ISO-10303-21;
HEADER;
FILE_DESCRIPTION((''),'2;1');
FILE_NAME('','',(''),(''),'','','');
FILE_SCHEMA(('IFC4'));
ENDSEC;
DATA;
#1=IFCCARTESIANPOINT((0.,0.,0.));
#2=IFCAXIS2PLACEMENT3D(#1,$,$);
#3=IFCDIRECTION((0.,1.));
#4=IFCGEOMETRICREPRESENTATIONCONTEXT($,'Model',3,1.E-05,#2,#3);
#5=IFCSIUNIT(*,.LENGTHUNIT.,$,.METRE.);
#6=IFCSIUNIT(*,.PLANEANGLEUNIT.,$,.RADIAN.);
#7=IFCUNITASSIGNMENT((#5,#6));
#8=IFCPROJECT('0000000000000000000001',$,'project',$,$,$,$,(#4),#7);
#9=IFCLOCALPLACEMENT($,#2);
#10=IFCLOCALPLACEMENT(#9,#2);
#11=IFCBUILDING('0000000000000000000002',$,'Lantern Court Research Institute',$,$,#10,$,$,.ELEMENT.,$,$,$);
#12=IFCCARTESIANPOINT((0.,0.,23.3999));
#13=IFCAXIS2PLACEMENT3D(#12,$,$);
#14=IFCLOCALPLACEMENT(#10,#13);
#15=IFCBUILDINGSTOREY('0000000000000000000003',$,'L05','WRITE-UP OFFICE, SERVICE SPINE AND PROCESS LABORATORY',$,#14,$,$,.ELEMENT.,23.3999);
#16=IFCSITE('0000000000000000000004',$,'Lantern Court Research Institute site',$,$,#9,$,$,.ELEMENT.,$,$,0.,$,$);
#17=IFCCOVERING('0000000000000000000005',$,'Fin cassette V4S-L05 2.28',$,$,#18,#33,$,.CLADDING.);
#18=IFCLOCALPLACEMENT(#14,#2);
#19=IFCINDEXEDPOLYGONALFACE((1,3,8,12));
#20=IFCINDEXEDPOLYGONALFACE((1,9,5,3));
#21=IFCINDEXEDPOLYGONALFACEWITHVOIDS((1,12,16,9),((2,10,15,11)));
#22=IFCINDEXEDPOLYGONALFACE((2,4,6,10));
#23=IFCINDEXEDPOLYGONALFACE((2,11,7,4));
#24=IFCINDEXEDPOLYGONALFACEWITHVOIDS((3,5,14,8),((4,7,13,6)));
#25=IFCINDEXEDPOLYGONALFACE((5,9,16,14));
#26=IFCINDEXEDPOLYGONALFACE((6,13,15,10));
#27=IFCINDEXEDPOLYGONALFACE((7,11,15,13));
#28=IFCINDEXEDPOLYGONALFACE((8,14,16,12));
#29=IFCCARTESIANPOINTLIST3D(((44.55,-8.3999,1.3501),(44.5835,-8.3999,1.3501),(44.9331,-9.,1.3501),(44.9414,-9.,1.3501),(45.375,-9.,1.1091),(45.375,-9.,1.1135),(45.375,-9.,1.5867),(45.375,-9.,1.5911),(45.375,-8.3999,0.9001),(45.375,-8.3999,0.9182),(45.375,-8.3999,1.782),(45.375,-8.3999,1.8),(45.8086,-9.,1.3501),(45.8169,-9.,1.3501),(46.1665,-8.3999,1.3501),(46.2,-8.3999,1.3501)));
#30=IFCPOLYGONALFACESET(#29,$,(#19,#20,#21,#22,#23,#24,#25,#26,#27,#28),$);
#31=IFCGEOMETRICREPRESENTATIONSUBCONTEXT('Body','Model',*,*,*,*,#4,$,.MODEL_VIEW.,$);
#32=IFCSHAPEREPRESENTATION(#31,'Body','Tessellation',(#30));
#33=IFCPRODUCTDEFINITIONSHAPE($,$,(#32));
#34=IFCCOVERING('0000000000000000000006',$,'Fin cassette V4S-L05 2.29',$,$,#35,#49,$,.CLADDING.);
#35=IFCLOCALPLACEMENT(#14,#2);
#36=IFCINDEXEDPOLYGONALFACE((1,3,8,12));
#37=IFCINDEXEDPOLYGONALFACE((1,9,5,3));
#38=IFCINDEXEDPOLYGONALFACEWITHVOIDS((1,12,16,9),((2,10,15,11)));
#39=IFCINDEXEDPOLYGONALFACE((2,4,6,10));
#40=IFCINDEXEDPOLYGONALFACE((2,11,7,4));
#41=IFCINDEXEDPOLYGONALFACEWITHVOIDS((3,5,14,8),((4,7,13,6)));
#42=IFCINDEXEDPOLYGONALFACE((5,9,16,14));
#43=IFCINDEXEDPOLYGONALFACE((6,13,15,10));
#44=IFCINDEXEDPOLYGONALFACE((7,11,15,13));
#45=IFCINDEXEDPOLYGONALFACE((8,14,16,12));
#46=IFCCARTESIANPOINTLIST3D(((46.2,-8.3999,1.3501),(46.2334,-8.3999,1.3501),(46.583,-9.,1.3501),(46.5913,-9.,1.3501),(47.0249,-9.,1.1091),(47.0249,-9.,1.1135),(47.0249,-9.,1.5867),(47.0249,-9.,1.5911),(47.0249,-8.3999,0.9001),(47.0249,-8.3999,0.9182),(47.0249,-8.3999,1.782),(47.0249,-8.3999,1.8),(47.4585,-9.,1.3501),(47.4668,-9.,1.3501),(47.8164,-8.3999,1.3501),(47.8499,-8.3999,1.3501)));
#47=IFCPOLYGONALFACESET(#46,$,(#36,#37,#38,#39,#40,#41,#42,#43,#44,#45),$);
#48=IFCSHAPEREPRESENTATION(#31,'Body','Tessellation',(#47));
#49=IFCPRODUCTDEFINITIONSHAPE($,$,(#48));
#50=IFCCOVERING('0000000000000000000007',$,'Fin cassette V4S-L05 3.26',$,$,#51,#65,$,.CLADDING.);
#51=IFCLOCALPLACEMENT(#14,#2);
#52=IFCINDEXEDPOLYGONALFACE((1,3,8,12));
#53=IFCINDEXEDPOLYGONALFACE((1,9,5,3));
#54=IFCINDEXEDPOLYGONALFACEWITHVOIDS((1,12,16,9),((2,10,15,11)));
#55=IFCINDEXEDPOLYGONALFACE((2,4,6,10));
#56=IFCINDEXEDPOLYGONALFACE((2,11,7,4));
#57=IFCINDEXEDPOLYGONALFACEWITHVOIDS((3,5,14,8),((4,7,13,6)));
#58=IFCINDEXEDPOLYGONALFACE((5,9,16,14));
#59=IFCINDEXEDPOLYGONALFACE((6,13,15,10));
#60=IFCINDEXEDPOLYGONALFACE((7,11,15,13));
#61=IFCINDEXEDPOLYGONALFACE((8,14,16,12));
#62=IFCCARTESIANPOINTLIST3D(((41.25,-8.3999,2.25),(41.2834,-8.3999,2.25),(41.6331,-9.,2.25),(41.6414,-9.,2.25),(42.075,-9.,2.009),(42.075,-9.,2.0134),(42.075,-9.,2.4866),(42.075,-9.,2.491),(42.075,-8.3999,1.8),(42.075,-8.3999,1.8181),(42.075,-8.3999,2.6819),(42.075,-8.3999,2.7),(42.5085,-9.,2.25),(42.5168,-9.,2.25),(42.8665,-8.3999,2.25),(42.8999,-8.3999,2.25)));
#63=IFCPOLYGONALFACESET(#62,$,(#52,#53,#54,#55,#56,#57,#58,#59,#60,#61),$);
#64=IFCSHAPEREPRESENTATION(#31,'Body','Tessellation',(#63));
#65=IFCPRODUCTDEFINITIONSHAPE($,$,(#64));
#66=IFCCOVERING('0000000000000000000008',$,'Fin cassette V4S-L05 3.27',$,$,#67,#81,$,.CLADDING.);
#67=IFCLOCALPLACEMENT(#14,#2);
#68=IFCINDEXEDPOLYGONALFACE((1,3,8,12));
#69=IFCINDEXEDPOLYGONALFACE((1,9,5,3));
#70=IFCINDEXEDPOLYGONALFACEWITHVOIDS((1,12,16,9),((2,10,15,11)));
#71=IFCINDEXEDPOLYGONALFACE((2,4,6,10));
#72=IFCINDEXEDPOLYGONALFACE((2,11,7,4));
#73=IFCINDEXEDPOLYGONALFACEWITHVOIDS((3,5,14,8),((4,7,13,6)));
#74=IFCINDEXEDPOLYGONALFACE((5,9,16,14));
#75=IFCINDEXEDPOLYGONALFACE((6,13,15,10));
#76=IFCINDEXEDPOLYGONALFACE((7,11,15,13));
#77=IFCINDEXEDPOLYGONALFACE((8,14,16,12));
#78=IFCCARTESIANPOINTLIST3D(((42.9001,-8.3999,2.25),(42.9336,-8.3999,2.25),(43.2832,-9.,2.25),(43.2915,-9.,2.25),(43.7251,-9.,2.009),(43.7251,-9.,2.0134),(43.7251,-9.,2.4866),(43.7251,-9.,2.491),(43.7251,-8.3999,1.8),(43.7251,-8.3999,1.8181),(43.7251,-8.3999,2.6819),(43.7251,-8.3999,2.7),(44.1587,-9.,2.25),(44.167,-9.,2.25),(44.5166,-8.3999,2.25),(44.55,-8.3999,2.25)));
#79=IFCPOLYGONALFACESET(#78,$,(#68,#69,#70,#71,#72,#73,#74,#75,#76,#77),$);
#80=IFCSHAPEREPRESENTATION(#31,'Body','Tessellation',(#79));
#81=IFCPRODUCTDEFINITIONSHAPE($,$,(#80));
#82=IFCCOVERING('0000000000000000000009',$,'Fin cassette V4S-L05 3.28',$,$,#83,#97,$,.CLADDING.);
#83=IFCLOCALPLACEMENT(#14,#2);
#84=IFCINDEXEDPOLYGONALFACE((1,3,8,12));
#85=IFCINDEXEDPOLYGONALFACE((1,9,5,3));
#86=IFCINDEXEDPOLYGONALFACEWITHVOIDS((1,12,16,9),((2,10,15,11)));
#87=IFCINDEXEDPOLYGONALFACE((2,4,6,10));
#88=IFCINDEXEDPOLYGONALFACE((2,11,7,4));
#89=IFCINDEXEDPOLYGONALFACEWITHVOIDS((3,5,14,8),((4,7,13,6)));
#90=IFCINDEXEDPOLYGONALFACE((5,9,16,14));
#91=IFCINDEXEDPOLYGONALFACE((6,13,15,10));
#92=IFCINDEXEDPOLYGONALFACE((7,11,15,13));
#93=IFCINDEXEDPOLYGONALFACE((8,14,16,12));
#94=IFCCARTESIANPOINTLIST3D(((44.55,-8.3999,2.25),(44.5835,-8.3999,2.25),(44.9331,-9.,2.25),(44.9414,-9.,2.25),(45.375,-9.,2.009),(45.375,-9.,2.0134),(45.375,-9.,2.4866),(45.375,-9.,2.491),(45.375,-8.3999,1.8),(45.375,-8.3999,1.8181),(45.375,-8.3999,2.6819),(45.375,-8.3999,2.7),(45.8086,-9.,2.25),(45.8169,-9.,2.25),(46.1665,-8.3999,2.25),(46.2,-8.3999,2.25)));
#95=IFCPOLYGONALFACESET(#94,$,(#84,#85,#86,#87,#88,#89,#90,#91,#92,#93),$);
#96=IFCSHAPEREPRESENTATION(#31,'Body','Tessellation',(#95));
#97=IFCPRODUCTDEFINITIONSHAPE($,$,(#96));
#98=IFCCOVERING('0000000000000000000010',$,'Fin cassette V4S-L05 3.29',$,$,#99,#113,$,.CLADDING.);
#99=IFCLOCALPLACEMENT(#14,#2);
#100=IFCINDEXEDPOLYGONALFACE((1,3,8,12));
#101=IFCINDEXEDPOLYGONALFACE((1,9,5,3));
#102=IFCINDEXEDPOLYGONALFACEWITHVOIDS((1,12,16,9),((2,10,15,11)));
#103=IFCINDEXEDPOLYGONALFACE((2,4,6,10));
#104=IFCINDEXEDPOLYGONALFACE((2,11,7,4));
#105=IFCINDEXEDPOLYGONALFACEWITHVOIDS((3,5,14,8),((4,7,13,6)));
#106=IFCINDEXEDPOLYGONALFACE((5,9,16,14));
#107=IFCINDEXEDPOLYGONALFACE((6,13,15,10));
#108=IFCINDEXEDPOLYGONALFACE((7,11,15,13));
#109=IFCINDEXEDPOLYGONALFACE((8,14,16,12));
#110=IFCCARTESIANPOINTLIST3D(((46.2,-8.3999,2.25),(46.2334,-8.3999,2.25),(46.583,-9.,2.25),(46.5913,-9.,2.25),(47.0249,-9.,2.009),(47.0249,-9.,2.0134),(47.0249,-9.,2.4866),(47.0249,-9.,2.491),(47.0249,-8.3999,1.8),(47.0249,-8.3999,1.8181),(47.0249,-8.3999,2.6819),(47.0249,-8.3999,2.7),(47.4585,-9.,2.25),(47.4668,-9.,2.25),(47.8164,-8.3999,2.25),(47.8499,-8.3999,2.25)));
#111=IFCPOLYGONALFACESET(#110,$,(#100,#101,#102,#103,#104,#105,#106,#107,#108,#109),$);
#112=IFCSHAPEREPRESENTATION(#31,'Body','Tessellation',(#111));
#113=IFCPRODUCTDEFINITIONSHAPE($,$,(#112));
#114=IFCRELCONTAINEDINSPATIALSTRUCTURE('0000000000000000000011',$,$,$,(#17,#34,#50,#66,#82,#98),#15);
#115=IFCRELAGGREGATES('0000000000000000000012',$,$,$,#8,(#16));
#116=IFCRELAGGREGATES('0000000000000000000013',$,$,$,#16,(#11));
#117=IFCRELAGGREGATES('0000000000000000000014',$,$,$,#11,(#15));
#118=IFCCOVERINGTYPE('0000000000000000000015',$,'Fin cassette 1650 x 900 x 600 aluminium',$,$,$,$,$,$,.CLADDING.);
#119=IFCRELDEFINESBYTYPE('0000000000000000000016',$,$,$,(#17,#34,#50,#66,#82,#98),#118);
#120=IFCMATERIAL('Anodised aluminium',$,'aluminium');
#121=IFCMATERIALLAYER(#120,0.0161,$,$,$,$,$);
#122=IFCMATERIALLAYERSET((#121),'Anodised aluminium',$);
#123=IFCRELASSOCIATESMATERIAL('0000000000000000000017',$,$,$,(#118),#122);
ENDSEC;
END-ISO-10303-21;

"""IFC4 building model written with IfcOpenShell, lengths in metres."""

from ifc_helpers import new_model, entity, si_unit, direction, frame, origin, place, context, subcontext, project, spatial, material, layer, layer_set, type_object, element, save


model = new_model("IFC4")

# Units and contexts
model_context = context("Model", 3, precision=1e-05, world=origin(), true_north=direction((0.0, 1.0)))
body_context = subcontext(model_context, "Body", "Model", "MODEL_VIEW")
ifc_project = project(units=[si_unit("LENGTHUNIT", "METRE"), si_unit("PLANEANGLEUNIT", "RADIAN")], contexts=[model_context])

# Site, building, storey
site_placement = place(None, origin())
site = spatial("IfcSite", under=ifc_project, at=site_placement, Name="Lantern Court Research Institute site", CompositionType="ELEMENT", RefElevation=0.0)
building_placement = place(site_placement, origin())
building = spatial("IfcBuilding", under=site, at=building_placement, Name="Lantern Court Research Institute", CompositionType="ELEMENT")
storey_placement = place(building_placement, frame((0.0, 0.0, 23.3999)))
storey = spatial("IfcBuildingStorey", under=building, at=storey_placement, Name="L05", Description="WRITE-UP OFFICE, SERVICE SPINE AND PROCESS LABORATORY", CompositionType="ELEMENT", Elevation=23.3999)

# Coverings
ifc_material_1 = material(Name="Anodised aluminium", Category="aluminium")
ifc_layer_1 = layer(ifc_material_1, 0.0161)
ifc_layer_set_1 = layer_set([ifc_layer_1], Name="Anodised aluminium")
covering_type = type_object("IfcCoveringType", Name="Fin cassette 1650 x 900 x 600 aluminium", PredefinedType="CLADDING", material=ifc_layer_set_1)
covering_1_placement = place(storey_placement, frame((45.375, -8.3999, 1.3501), z_axis=(0.0, -1.0, 0.0), x_axis=(1.0, 0.0, 0.0)))
cartesian_point_1 = entity("IfcCartesianPoint", [0.825, 0.0])
cartesian_point_2 = entity("IfcCartesianPoint", [0.7915, 0.0])
cartesian_point_3 = entity("IfcCartesianPoint", [0.4419, 0.0])
cartesian_point_4 = entity("IfcCartesianPoint", [0.4336, 0.0])
element("IfcCovering", 1, at=covering_1_placement, inside=storey, type_object=covering_type, Name="Fin cassette V4S-L05 2.28", PredefinedType="CLADDING", context=body_context, shape_type="SweptSolid", body=[
    entity("IfcExtrudedAreaSolidTapered", entity("IfcArbitraryProfileDefWithVoids", "AREA", None, entity("IfcPolyline", [cartesian_point_1, entity("IfcCartesianPoint", [0.0, 0.45]), entity("IfcCartesianPoint", [-0.825, 0.0]), entity("IfcCartesianPoint", [0.0, -0.45]), cartesian_point_1]), [entity("IfcPolyline", [cartesian_point_2, entity("IfcCartesianPoint", [0.0, 0.4319]), entity("IfcCartesianPoint", [-0.7915, 0.0]), entity("IfcCartesianPoint", [0.0, -0.4319]), cartesian_point_2])]), entity("IfcAxis2Placement3D", entity("IfcCartesianPoint", [0.0, 0.0, 0.0])), entity("IfcDirection", [0.0, 0.0, 1.0]), 0.6001, entity("IfcArbitraryProfileDefWithVoids", "AREA", None, entity("IfcPolyline", [cartesian_point_3, entity("IfcCartesianPoint", [0.0, 0.241]), entity("IfcCartesianPoint", [-0.4419, 0.0]), entity("IfcCartesianPoint", [0.0, -0.241]), cartesian_point_3]), [entity("IfcPolyline", [cartesian_point_4, entity("IfcCartesianPoint", [0.0, 0.2366]), entity("IfcCartesianPoint", [-0.4336, 0.0]), entity("IfcCartesianPoint", [0.0, -0.2366]), cartesian_point_4])])),
])
covering_2_placement = place(storey_placement, frame((47.0249, -8.3999, 1.3501), z_axis=(0.0, -1.0, 0.0), x_axis=(1.0, 0.0, 0.0)))
cartesian_point_5 = entity("IfcCartesianPoint", [0.825, 0.0])
cartesian_point_6 = entity("IfcCartesianPoint", [0.7915, 0.0])
cartesian_point_7 = entity("IfcCartesianPoint", [0.4419, 0.0])
cartesian_point_8 = entity("IfcCartesianPoint", [0.4336, 0.0])
element("IfcCovering", 2, at=covering_2_placement, inside=storey, type_object=covering_type, Name="Fin cassette V4S-L05 2.29", PredefinedType="CLADDING", context=body_context, shape_type="SweptSolid", body=[
    entity("IfcExtrudedAreaSolidTapered", entity("IfcArbitraryProfileDefWithVoids", "AREA", None, entity("IfcPolyline", [cartesian_point_5, entity("IfcCartesianPoint", [0.0, 0.45]), entity("IfcCartesianPoint", [-0.825, 0.0]), entity("IfcCartesianPoint", [0.0, -0.45]), cartesian_point_5]), [entity("IfcPolyline", [cartesian_point_6, entity("IfcCartesianPoint", [0.0, 0.4319]), entity("IfcCartesianPoint", [-0.7915, 0.0]), entity("IfcCartesianPoint", [0.0, -0.4319]), cartesian_point_6])]), entity("IfcAxis2Placement3D", entity("IfcCartesianPoint", [0.0, 0.0, 0.0])), entity("IfcDirection", [0.0, 0.0, 1.0]), 0.6001, entity("IfcArbitraryProfileDefWithVoids", "AREA", None, entity("IfcPolyline", [cartesian_point_7, entity("IfcCartesianPoint", [0.0, 0.241]), entity("IfcCartesianPoint", [-0.4419, 0.0]), entity("IfcCartesianPoint", [0.0, -0.241]), cartesian_point_7]), [entity("IfcPolyline", [cartesian_point_8, entity("IfcCartesianPoint", [0.0, 0.2366]), entity("IfcCartesianPoint", [-0.4336, 0.0]), entity("IfcCartesianPoint", [0.0, -0.2366]), cartesian_point_8])])),
])
covering_3_placement = place(storey_placement, frame((42.075, -8.3999, 2.25), z_axis=(0.0, -1.0, 0.0), x_axis=(1.0, 0.0, 0.0)))
cartesian_point_9 = entity("IfcCartesianPoint", [0.825, 0.0])
cartesian_point_10 = entity("IfcCartesianPoint", [0.7915, 0.0])
cartesian_point_11 = entity("IfcCartesianPoint", [0.4419, 0.0])
cartesian_point_12 = entity("IfcCartesianPoint", [0.4336, 0.0])
element("IfcCovering", 3, at=covering_3_placement, inside=storey, type_object=covering_type, Name="Fin cassette V4S-L05 3.26", PredefinedType="CLADDING", context=body_context, shape_type="SweptSolid", body=[
    entity("IfcExtrudedAreaSolidTapered", entity("IfcArbitraryProfileDefWithVoids", "AREA", None, entity("IfcPolyline", [cartesian_point_9, entity("IfcCartesianPoint", [0.0, 0.45]), entity("IfcCartesianPoint", [-0.825, 0.0]), entity("IfcCartesianPoint", [0.0, -0.45]), cartesian_point_9]), [entity("IfcPolyline", [cartesian_point_10, entity("IfcCartesianPoint", [0.0, 0.4319]), entity("IfcCartesianPoint", [-0.7915, 0.0]), entity("IfcCartesianPoint", [0.0, -0.4319]), cartesian_point_10])]), entity("IfcAxis2Placement3D", entity("IfcCartesianPoint", [0.0, 0.0, 0.0])), entity("IfcDirection", [0.0, 0.0, 1.0]), 0.6001, entity("IfcArbitraryProfileDefWithVoids", "AREA", None, entity("IfcPolyline", [cartesian_point_11, entity("IfcCartesianPoint", [0.0, 0.241]), entity("IfcCartesianPoint", [-0.4419, 0.0]), entity("IfcCartesianPoint", [0.0, -0.241]), cartesian_point_11]), [entity("IfcPolyline", [cartesian_point_12, entity("IfcCartesianPoint", [0.0, 0.2366]), entity("IfcCartesianPoint", [-0.4336, 0.0]), entity("IfcCartesianPoint", [0.0, -0.2366]), cartesian_point_12])])),
])
covering_4_placement = place(storey_placement, frame((43.7251, -8.3999, 2.25), z_axis=(0.0, -1.0, 0.0), x_axis=(1.0, 0.0, 0.0)))
cartesian_point_13 = entity("IfcCartesianPoint", [0.825, 0.0])
cartesian_point_14 = entity("IfcCartesianPoint", [0.7915, 0.0])
cartesian_point_15 = entity("IfcCartesianPoint", [0.4419, 0.0])
cartesian_point_16 = entity("IfcCartesianPoint", [0.4336, 0.0])
element("IfcCovering", 4, at=covering_4_placement, inside=storey, type_object=covering_type, Name="Fin cassette V4S-L05 3.27", PredefinedType="CLADDING", context=body_context, shape_type="SweptSolid", body=[
    entity("IfcExtrudedAreaSolidTapered", entity("IfcArbitraryProfileDefWithVoids", "AREA", None, entity("IfcPolyline", [cartesian_point_13, entity("IfcCartesianPoint", [0.0, 0.45]), entity("IfcCartesianPoint", [-0.825, 0.0]), entity("IfcCartesianPoint", [0.0, -0.45]), cartesian_point_13]), [entity("IfcPolyline", [cartesian_point_14, entity("IfcCartesianPoint", [0.0, 0.4319]), entity("IfcCartesianPoint", [-0.7915, 0.0]), entity("IfcCartesianPoint", [0.0, -0.4319]), cartesian_point_14])]), entity("IfcAxis2Placement3D", entity("IfcCartesianPoint", [0.0, 0.0, 0.0])), entity("IfcDirection", [0.0, 0.0, 1.0]), 0.6001, entity("IfcArbitraryProfileDefWithVoids", "AREA", None, entity("IfcPolyline", [cartesian_point_15, entity("IfcCartesianPoint", [0.0, 0.241]), entity("IfcCartesianPoint", [-0.4419, 0.0]), entity("IfcCartesianPoint", [0.0, -0.241]), cartesian_point_15]), [entity("IfcPolyline", [cartesian_point_16, entity("IfcCartesianPoint", [0.0, 0.2366]), entity("IfcCartesianPoint", [-0.4336, 0.0]), entity("IfcCartesianPoint", [0.0, -0.2366]), cartesian_point_16])])),
])
covering_5_placement = place(storey_placement, frame((45.375, -8.3999, 2.25), z_axis=(0.0, -1.0, 0.0), x_axis=(1.0, 0.0, 0.0)))
cartesian_point_17 = entity("IfcCartesianPoint", [0.825, 0.0])
cartesian_point_18 = entity("IfcCartesianPoint", [0.7915, 0.0])
cartesian_point_19 = entity("IfcCartesianPoint", [0.4419, 0.0])
cartesian_point_20 = entity("IfcCartesianPoint", [0.4336, 0.0])
element("IfcCovering", 5, at=covering_5_placement, inside=storey, type_object=covering_type, Name="Fin cassette V4S-L05 3.28", PredefinedType="CLADDING", context=body_context, shape_type="SweptSolid", body=[
    entity("IfcExtrudedAreaSolidTapered", entity("IfcArbitraryProfileDefWithVoids", "AREA", None, entity("IfcPolyline", [cartesian_point_17, entity("IfcCartesianPoint", [0.0, 0.45]), entity("IfcCartesianPoint", [-0.825, 0.0]), entity("IfcCartesianPoint", [0.0, -0.45]), cartesian_point_17]), [entity("IfcPolyline", [cartesian_point_18, entity("IfcCartesianPoint", [0.0, 0.4319]), entity("IfcCartesianPoint", [-0.7915, 0.0]), entity("IfcCartesianPoint", [0.0, -0.4319]), cartesian_point_18])]), entity("IfcAxis2Placement3D", entity("IfcCartesianPoint", [0.0, 0.0, 0.0])), entity("IfcDirection", [0.0, 0.0, 1.0]), 0.6001, entity("IfcArbitraryProfileDefWithVoids", "AREA", None, entity("IfcPolyline", [cartesian_point_19, entity("IfcCartesianPoint", [0.0, 0.241]), entity("IfcCartesianPoint", [-0.4419, 0.0]), entity("IfcCartesianPoint", [0.0, -0.241]), cartesian_point_19]), [entity("IfcPolyline", [cartesian_point_20, entity("IfcCartesianPoint", [0.0, 0.2366]), entity("IfcCartesianPoint", [-0.4336, 0.0]), entity("IfcCartesianPoint", [0.0, -0.2366]), cartesian_point_20])])),
])
covering_6_placement = place(storey_placement, frame((47.0249, -8.3999, 2.25), z_axis=(0.0, -1.0, 0.0), x_axis=(1.0, 0.0, 0.0)))
cartesian_point_21 = entity("IfcCartesianPoint", [0.825, 0.0])
cartesian_point_22 = entity("IfcCartesianPoint", [0.7915, 0.0])
cartesian_point_23 = entity("IfcCartesianPoint", [0.4419, 0.0])
cartesian_point_24 = entity("IfcCartesianPoint", [0.4336, 0.0])
element("IfcCovering", 6, at=covering_6_placement, inside=storey, type_object=covering_type, Name="Fin cassette V4S-L05 3.29", PredefinedType="CLADDING", context=body_context, shape_type="SweptSolid", body=[
    entity("IfcExtrudedAreaSolidTapered", entity("IfcArbitraryProfileDefWithVoids", "AREA", None, entity("IfcPolyline", [cartesian_point_21, entity("IfcCartesianPoint", [0.0, 0.45]), entity("IfcCartesianPoint", [-0.825, 0.0]), entity("IfcCartesianPoint", [0.0, -0.45]), cartesian_point_21]), [entity("IfcPolyline", [cartesian_point_22, entity("IfcCartesianPoint", [0.0, 0.4319]), entity("IfcCartesianPoint", [-0.7915, 0.0]), entity("IfcCartesianPoint", [0.0, -0.4319]), cartesian_point_22])]), entity("IfcAxis2Placement3D", entity("IfcCartesianPoint", [0.0, 0.0, 0.0])), entity("IfcDirection", [0.0, 0.0, 1.0]), 0.6001, entity("IfcArbitraryProfileDefWithVoids", "AREA", None, entity("IfcPolyline", [cartesian_point_23, entity("IfcCartesianPoint", [0.0, 0.241]), entity("IfcCartesianPoint", [-0.4419, 0.0]), entity("IfcCartesianPoint", [0.0, -0.241]), cartesian_point_23]), [entity("IfcPolyline", [cartesian_point_24, entity("IfcCartesianPoint", [0.0, 0.2366]), entity("IfcCartesianPoint", [-0.4336, 0.0]), entity("IfcCartesianPoint", [0.0, -0.2366]), cartesian_point_24])])),
])

save(model, "model.ifc")
